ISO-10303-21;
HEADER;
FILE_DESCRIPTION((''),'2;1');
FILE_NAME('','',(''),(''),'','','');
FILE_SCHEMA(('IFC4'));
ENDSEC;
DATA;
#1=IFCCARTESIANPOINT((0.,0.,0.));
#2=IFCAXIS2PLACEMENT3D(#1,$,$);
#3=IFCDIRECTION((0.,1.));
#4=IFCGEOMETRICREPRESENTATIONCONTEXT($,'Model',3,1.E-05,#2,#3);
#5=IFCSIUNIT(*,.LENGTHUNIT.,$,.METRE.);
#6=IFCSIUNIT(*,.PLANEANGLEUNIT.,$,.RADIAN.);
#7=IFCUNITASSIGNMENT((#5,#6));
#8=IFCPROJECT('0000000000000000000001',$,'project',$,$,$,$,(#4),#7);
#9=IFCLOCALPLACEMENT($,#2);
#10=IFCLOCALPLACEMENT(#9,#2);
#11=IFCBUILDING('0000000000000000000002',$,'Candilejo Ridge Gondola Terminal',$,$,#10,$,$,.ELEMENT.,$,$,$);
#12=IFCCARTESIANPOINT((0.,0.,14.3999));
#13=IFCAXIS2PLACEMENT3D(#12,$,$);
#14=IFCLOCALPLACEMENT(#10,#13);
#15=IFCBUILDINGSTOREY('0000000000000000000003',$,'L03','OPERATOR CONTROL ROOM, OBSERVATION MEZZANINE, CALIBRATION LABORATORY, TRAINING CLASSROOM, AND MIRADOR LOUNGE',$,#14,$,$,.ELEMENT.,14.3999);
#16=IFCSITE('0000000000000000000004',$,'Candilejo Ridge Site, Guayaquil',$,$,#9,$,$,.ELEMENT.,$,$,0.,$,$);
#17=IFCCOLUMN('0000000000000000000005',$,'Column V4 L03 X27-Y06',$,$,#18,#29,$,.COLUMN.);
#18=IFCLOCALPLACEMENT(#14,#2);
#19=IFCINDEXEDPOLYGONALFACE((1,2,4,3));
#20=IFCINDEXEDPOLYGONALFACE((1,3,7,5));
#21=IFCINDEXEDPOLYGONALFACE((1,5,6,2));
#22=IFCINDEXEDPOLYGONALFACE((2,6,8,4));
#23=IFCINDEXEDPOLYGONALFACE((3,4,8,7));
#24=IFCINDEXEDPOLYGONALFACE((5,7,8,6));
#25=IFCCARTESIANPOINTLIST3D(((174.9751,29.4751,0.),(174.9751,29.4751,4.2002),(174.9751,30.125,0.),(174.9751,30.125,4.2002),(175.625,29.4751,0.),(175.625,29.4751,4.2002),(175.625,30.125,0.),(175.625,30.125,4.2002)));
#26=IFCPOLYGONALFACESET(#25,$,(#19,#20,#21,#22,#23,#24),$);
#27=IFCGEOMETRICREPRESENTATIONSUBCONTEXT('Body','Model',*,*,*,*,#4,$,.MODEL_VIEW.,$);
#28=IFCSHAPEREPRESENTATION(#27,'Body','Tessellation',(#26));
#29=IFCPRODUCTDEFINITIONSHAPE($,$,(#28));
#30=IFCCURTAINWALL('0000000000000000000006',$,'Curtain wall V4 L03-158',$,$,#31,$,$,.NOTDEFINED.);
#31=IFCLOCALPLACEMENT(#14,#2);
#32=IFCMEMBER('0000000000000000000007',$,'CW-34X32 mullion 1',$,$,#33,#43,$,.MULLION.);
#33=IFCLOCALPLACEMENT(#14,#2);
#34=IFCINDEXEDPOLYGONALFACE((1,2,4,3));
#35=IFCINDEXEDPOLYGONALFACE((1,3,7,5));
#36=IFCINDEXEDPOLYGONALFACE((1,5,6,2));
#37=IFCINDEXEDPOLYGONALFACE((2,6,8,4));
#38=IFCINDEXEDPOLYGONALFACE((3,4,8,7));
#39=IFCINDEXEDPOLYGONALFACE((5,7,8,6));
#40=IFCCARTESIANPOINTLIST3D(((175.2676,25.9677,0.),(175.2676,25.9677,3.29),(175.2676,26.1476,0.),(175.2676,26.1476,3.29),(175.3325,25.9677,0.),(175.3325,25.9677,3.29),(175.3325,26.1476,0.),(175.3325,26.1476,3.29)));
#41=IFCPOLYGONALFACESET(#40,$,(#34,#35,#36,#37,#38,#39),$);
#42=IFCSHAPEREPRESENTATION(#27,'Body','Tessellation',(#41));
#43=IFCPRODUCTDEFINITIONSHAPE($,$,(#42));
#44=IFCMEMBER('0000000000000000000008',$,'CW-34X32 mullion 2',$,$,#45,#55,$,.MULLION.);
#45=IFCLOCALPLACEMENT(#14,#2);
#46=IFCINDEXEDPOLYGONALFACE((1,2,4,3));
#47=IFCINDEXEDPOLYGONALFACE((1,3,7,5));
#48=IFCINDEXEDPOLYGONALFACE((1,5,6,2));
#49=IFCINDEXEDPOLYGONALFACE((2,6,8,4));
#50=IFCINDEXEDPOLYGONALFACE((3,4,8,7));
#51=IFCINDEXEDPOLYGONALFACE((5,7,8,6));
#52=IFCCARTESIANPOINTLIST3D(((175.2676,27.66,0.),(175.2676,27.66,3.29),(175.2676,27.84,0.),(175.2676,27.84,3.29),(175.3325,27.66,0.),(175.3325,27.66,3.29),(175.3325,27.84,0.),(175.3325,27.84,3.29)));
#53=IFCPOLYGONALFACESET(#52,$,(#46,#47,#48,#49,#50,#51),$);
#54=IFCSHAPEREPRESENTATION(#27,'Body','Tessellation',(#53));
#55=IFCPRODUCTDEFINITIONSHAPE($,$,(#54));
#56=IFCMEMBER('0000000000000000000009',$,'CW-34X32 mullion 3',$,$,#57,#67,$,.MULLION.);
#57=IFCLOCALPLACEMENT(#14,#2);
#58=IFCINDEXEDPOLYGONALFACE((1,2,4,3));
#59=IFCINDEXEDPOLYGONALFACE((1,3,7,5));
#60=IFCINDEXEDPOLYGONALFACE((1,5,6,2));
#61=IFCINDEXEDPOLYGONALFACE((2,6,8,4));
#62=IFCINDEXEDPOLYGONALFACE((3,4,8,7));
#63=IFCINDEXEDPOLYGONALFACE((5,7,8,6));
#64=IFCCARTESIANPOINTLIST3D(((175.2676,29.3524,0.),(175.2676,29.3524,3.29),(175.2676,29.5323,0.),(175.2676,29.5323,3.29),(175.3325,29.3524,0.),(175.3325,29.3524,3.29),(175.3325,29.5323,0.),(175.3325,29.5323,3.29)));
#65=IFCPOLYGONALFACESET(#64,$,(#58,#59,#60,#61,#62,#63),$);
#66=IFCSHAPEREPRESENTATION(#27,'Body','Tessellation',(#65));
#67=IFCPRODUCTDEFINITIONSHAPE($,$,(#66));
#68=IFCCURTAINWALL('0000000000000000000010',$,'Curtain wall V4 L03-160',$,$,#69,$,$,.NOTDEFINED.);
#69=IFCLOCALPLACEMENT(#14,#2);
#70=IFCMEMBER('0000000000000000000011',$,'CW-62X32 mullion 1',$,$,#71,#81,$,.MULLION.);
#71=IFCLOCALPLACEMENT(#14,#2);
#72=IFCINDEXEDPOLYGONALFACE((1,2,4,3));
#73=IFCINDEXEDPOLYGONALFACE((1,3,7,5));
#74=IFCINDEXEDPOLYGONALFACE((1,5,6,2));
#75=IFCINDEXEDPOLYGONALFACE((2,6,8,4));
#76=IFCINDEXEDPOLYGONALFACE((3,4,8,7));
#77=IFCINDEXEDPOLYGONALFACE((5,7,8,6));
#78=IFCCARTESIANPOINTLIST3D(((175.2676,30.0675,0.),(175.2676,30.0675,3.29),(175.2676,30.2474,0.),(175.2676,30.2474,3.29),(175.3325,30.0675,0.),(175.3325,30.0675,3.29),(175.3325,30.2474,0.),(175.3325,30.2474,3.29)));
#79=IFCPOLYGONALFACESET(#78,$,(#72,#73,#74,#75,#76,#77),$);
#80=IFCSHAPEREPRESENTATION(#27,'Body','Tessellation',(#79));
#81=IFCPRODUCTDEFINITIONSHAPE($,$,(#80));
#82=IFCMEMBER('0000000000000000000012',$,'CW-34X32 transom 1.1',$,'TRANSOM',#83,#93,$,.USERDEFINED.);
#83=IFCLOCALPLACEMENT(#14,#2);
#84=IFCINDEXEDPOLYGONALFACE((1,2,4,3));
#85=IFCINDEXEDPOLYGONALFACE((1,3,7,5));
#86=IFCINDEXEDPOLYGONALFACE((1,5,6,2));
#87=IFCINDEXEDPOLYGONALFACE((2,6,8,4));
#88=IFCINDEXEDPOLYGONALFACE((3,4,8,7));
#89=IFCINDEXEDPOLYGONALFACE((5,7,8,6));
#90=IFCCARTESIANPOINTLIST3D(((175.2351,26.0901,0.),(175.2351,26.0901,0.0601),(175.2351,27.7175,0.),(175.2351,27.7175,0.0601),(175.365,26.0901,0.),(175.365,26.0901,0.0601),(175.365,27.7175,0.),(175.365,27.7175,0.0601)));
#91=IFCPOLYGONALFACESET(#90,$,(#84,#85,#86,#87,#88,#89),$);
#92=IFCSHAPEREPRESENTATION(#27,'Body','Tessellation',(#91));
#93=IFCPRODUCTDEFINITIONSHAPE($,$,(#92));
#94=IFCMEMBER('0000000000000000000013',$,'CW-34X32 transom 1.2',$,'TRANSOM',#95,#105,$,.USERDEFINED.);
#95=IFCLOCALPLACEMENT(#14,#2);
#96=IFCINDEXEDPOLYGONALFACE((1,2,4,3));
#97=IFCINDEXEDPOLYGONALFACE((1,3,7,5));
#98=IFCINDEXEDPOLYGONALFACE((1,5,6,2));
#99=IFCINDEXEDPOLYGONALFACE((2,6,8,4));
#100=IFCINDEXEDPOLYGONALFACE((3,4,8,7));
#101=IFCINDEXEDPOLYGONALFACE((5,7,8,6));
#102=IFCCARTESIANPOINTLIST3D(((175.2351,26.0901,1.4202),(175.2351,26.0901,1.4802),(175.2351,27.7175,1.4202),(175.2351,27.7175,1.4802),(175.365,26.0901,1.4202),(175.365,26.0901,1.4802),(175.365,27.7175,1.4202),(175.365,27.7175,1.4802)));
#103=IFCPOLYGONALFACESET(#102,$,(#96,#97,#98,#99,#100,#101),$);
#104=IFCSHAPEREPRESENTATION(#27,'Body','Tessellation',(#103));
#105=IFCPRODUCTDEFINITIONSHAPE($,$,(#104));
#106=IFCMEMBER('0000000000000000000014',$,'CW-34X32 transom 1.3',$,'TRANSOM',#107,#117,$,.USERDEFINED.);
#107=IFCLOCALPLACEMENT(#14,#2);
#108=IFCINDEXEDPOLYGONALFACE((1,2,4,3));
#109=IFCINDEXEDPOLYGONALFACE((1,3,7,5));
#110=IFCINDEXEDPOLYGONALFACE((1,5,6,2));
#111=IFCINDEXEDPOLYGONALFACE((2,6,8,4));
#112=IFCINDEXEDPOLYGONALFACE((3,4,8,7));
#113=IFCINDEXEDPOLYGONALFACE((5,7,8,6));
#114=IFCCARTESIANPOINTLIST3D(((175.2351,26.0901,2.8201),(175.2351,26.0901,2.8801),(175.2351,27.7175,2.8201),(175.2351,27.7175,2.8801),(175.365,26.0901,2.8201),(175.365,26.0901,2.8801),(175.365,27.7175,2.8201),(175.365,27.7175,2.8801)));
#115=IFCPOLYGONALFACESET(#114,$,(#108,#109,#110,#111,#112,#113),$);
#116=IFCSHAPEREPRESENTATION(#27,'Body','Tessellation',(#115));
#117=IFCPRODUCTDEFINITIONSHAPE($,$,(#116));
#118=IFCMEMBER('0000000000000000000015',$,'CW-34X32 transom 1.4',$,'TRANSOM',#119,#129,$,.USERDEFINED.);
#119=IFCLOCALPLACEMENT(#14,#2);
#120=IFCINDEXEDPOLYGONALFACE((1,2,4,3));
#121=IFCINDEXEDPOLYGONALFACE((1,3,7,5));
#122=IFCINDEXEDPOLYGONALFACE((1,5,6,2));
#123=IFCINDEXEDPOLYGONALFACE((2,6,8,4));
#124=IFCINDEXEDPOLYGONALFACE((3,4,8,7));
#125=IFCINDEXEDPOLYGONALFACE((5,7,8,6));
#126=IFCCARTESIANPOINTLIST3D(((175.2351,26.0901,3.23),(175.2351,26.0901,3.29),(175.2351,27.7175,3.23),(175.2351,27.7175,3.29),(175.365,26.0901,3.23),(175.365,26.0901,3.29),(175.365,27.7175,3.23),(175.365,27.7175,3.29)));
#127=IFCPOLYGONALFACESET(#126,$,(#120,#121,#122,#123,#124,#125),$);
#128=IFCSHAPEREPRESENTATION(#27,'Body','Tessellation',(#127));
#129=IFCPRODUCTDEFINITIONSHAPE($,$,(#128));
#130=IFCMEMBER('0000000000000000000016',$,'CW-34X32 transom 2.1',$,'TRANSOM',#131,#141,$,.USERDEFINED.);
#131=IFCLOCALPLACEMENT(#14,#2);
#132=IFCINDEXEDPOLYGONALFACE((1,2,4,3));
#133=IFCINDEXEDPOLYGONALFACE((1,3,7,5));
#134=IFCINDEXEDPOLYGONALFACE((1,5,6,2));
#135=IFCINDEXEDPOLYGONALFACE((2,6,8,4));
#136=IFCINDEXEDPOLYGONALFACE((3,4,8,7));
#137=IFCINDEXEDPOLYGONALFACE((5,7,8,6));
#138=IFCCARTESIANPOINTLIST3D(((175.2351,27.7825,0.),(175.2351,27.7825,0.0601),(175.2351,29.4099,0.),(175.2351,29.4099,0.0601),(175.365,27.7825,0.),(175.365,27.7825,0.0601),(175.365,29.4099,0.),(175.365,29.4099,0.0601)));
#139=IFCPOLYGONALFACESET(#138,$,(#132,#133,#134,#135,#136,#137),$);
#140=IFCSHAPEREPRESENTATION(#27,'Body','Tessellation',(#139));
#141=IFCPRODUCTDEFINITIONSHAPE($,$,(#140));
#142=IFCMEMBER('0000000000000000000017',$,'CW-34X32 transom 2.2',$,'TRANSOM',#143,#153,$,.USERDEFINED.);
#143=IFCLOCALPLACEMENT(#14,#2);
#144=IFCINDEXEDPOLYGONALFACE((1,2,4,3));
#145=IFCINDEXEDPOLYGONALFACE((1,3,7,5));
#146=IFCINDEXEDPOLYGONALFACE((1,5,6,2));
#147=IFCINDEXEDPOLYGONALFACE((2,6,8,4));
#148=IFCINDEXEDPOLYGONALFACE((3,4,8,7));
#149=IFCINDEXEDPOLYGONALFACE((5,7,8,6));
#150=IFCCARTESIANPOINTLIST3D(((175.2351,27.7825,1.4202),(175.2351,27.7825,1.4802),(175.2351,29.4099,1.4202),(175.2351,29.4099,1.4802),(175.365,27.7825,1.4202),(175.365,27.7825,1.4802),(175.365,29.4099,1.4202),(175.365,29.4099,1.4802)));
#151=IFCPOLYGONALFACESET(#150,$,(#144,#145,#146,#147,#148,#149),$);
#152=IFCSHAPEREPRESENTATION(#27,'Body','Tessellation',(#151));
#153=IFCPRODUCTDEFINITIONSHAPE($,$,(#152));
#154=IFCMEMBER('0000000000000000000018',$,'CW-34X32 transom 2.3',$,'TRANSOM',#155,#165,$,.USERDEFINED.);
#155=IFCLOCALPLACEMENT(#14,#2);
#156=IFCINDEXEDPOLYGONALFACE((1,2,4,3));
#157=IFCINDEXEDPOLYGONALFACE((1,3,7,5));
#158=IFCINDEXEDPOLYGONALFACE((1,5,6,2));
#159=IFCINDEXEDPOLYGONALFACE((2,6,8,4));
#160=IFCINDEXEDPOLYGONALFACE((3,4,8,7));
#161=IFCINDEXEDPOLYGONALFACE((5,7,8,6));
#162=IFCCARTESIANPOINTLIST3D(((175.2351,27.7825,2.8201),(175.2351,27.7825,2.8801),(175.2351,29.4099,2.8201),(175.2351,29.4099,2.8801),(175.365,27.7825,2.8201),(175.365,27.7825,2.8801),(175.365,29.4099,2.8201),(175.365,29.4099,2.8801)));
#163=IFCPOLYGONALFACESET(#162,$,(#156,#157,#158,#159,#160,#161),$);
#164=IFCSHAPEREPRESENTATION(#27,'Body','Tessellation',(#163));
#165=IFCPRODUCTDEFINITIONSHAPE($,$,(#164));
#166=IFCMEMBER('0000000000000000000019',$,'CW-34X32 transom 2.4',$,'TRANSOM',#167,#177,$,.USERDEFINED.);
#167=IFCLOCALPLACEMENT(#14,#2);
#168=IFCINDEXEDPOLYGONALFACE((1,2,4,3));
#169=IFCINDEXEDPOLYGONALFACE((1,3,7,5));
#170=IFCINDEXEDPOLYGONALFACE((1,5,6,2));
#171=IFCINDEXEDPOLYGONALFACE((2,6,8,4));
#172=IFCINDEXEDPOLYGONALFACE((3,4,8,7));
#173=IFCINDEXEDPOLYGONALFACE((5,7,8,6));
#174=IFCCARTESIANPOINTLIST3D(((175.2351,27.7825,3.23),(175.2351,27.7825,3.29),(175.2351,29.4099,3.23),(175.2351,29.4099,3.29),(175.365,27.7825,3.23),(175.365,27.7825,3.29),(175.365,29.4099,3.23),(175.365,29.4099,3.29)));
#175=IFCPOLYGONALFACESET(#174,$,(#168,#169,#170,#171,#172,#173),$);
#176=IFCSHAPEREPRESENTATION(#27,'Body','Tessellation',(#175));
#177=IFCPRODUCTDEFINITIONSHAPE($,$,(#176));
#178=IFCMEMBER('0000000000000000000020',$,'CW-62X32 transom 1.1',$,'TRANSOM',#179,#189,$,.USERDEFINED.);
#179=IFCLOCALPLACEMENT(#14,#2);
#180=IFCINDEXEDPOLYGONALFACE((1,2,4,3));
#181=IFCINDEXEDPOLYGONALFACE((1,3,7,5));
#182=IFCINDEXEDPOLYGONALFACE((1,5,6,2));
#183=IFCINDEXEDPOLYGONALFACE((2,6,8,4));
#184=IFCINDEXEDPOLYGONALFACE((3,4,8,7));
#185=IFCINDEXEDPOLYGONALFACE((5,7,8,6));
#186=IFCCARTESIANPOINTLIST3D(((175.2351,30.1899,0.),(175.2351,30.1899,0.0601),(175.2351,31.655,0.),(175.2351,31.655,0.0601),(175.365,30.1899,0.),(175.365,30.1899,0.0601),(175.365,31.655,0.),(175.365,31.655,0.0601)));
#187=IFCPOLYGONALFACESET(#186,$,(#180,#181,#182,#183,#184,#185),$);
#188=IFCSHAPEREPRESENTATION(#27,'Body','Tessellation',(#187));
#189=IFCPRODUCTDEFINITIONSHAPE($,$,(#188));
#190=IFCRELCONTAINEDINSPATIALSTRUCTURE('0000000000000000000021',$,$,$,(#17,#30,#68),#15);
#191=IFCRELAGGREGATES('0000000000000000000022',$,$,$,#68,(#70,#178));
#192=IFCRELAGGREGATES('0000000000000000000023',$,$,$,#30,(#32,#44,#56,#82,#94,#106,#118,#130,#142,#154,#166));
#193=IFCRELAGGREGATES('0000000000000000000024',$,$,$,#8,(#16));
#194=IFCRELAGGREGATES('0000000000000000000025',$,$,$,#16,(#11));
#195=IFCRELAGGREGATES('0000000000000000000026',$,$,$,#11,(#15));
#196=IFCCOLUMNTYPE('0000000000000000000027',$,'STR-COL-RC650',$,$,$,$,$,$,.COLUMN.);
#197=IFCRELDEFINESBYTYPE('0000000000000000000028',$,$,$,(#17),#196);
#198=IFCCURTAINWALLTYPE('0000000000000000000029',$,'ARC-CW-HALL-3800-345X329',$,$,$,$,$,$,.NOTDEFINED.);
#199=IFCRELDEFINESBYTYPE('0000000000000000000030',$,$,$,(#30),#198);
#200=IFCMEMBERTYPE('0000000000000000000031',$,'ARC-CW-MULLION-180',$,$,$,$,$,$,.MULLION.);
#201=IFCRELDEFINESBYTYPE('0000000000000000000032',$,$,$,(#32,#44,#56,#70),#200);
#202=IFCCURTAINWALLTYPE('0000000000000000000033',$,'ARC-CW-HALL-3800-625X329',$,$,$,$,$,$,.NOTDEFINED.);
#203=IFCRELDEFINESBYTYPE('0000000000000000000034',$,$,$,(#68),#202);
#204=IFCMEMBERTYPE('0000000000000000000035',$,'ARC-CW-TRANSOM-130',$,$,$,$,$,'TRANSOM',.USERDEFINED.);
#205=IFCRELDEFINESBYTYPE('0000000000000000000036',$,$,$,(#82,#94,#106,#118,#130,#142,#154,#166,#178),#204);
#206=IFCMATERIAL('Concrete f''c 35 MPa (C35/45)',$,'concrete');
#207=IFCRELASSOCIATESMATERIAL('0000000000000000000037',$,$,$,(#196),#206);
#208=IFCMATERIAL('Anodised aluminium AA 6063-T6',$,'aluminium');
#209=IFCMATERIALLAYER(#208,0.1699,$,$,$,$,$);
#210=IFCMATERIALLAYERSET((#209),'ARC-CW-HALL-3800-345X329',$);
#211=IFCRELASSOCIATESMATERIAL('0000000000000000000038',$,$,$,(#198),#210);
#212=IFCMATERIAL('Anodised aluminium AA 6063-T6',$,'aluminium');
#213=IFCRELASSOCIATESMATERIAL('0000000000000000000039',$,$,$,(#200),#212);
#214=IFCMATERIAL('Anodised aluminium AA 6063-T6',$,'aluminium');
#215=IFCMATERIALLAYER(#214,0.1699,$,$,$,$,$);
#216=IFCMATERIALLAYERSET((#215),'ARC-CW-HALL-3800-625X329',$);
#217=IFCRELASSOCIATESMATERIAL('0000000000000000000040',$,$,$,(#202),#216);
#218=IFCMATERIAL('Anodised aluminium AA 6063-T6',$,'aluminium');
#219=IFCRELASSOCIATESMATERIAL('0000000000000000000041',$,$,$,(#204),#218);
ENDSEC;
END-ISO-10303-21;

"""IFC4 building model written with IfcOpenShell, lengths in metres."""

from ifc_helpers import new_model, si_unit, direction, frame, origin, origin_2d, place, context, subcontext, project, spatial, rectangle, extrude, material, layer, layer_set, material_profile, profile_set, type_object, element, aggregate, save


model = new_model("IFC4")

# Units and contexts
model_context = context("Model", 3, precision=1e-05, world=origin(), true_north=direction((0.0, 1.0)))
body_context = subcontext(model_context, "Body", "Model", "MODEL_VIEW")
ifc_project = project(units=[si_unit("LENGTHUNIT", "METRE"), si_unit("PLANEANGLEUNIT", "RADIAN")], contexts=[model_context])

# Site, building, storey
site_placement = place(None, origin())
site = spatial("IfcSite", under=ifc_project, at=site_placement, Name="Candilejo Ridge Site, Guayaquil", CompositionType="ELEMENT", RefElevation=0.0)
building_placement = place(site_placement, origin())
building = spatial("IfcBuilding", under=site, at=building_placement, Name="Candilejo Ridge Gondola Terminal", CompositionType="ELEMENT")
storey_placement = place(building_placement, frame((0.0, 0.0, 14.3999)))
storey = spatial("IfcBuildingStorey", under=building, at=storey_placement, Name="L03", Description="OPERATOR CONTROL ROOM, OBSERVATION MEZZANINE, CALIBRATION LABORATORY, TRAINING CLASSROOM, AND MIRADOR LOUNGE", CompositionType="ELEMENT", Elevation=14.3999)

# Column
ifc_material_1 = material(Name="Concrete f'c 35 MPa (C35/45)", Category="concrete")
ifc_material_profile_1 = material_profile(ifc_material_1, rectangle(XDim=0.6499, YDim=0.6499, at=origin_2d()))
ifc_profile_set_1 = profile_set([ifc_material_profile_1], Name="Concrete f'c 35 MPa (C35/45)")
column_type = type_object("IfcColumnType", Name="STR-COL-RC650", PredefinedType="COLUMN", material=ifc_profile_set_1)
column_placement = place(storey_placement, frame((175.3, 29.8, 0.0), z_axis=(0.0, 0.0, 1.0), x_axis=(1.0, 0.0, 0.0)))
element("IfcColumn", 1, at=column_placement, inside=storey, type_object=column_type, Name="Column V4 L03 X27-Y06", PredefinedType="COLUMN", context=body_context, shape_type="SweptSolid", body=[
    extrude(rectangle(XDim=0.6499, YDim=0.6499, at=origin_2d()), origin(), (0.0, 0.0, 1.0), 4.2002),
])

# Curtain wall, members
ifc_material_2 = material(Name="Anodised aluminium AA 6063-T6", Category="aluminium")
ifc_layer_1 = layer(ifc_material_2, 0.1699)
ifc_layer_set_1 = layer_set([ifc_layer_1], Name="ARC-CW-HALL-3800-345X329")
curtain_wall_type_1 = type_object("IfcCurtainWallType", Name="ARC-CW-HALL-3800-345X329", PredefinedType="NOTDEFINED", material=ifc_layer_set_1)
curtain_wall_1_placement = place(storey_placement, origin())
curtain_wall_1 = element("IfcCurtainWall", 2, at=curtain_wall_1_placement, inside=storey, type_object=curtain_wall_type_1, Name="Curtain wall V4 L03-158", PredefinedType="NOTDEFINED")
ifc_material_3 = material(Name="Anodised aluminium AA 6063-T6", Category="aluminium")
ifc_material_profile_2 = material_profile(ifc_material_3, rectangle(XDim=0.0649, YDim=0.1799, at=origin_2d()))
ifc_profile_set_2 = profile_set([ifc_material_profile_2], Name="Anodised aluminium AA 6063-T6")
member_type_1 = type_object("IfcMemberType", Name="ARC-CW-MULLION-180", PredefinedType="MULLION", material=ifc_profile_set_2)
member_1_placement = place(storey_placement, frame((175.3, 26.0576, 0.0), z_axis=(0.0, 0.0, 1.0), x_axis=(-1.0, 0.0, 0.0)))
member_1 = element("IfcMember", 3, at=member_1_placement, type_object=member_type_1, Name="CW-34X32 mullion 1", PredefinedType="MULLION", context=body_context, shape_type="SweptSolid", body=[
    extrude(rectangle(XDim=0.0649, YDim=0.1799, at=origin_2d()), origin(), (0.0, 0.0, 1.0), 3.29),
])
member_2_placement = place(storey_placement, frame((175.3, 27.75, 0.0), z_axis=(0.0, 0.0, 1.0), x_axis=(-1.0, 0.0, 0.0)))
member_2 = element("IfcMember", 4, at=member_2_placement, type_object=member_type_1, Name="CW-34X32 mullion 2", PredefinedType="MULLION", context=body_context, shape_type="SweptSolid", body=[
    extrude(rectangle(XDim=0.0649, YDim=0.1799, at=origin_2d()), origin(), (0.0, 0.0, 1.0), 3.29),
])
member_3_placement = place(storey_placement, frame((175.3, 29.4424, 0.0), z_axis=(0.0, 0.0, 1.0), x_axis=(-1.0, 0.0, 0.0)))
member_3 = element("IfcMember", 5, at=member_3_placement, type_object=member_type_1, Name="CW-34X32 mullion 3", PredefinedType="MULLION", context=body_context, shape_type="SweptSolid", body=[
    extrude(rectangle(XDim=0.0649, YDim=0.1799, at=origin_2d()), origin(), (0.0, 0.0, 1.0), 3.29),
])

# Curtain wall, member
ifc_material_4 = material(Name="Anodised aluminium AA 6063-T6", Category="aluminium")
ifc_layer_2 = layer(ifc_material_4, 0.1699)
ifc_layer_set_2 = layer_set([ifc_layer_2], Name="ARC-CW-HALL-3800-625X329")
curtain_wall_type_2 = type_object("IfcCurtainWallType", Name="ARC-CW-HALL-3800-625X329", PredefinedType="NOTDEFINED", material=ifc_layer_set_2)
curtain_wall_2_placement = place(storey_placement, origin())
curtain_wall_2 = element("IfcCurtainWall", 6, at=curtain_wall_2_placement, inside=storey, type_object=curtain_wall_type_2, Name="Curtain wall V4 L03-160", PredefinedType="NOTDEFINED")
member_4_placement = place(storey_placement, frame((175.3, 30.1575, 0.0), z_axis=(0.0, 0.0, 1.0), x_axis=(-1.0, 0.0, 0.0)))
member_4 = element("IfcMember", 7, at=member_4_placement, type_object=member_type_1, Name="CW-62X32 mullion 1", PredefinedType="MULLION", context=body_context, shape_type="SweptSolid", body=[
    extrude(rectangle(XDim=0.0649, YDim=0.1799, at=origin_2d()), origin(), (0.0, 0.0, 1.0), 3.29),
])

# Members
ifc_material_5 = material(Name="Anodised aluminium AA 6063-T6", Category="aluminium")
ifc_material_profile_3 = material_profile(ifc_material_5, rectangle(XDim=0.1299, YDim=0.0601, at=origin_2d()))
ifc_profile_set_3 = profile_set([ifc_material_profile_3], Name="Anodised aluminium AA 6063-T6")
member_type_2 = type_object("IfcMemberType", Name="ARC-CW-TRANSOM-130", ElementType="TRANSOM", PredefinedType="USERDEFINED", material=ifc_profile_set_3)
member_5_placement = place(storey_placement, frame((175.3, 26.0901, 0.03), z_axis=(0.0, 1.0, 0.0), x_axis=(-1.0, 0.0, 0.0)))
member_5 = element("IfcMember", 8, at=member_5_placement, type_object=member_type_2, Name="CW-34X32 transom 1.1", ObjectType="TRANSOM", PredefinedType="USERDEFINED", context=body_context, shape_type="SweptSolid", body=[
    extrude(rectangle(XDim=0.1299, YDim=0.0601, at=origin_2d()), origin(), (0.0, 0.0, 1.0), 1.6274),
])
member_6_placement = place(storey_placement, frame((175.3, 26.0901, 1.4502), z_axis=(0.0, 1.0, 0.0), x_axis=(-1.0, 0.0, 0.0)))
member_6 = element("IfcMember", 9, at=member_6_placement, type_object=member_type_2, Name="CW-34X32 transom 1.2", ObjectType="TRANSOM", PredefinedType="USERDEFINED", context=body_context, shape_type="SweptSolid", body=[
    extrude(rectangle(XDim=0.1299, YDim=0.0601, at=origin_2d()), origin(), (0.0, 0.0, 1.0), 1.6274),
])
member_7_placement = place(storey_placement, frame((175.3, 26.0901, 2.8501), z_axis=(0.0, 1.0, 0.0), x_axis=(-1.0, 0.0, 0.0)))
member_7 = element("IfcMember", 10, at=member_7_placement, type_object=member_type_2, Name="CW-34X32 transom 1.3", ObjectType="TRANSOM", PredefinedType="USERDEFINED", context=body_context, shape_type="SweptSolid", body=[
    extrude(rectangle(XDim=0.1299, YDim=0.0601, at=origin_2d()), origin(), (0.0, 0.0, 1.0), 1.6274),
])
member_8_placement = place(storey_placement, frame((175.3, 26.0901, 3.26), z_axis=(0.0, 1.0, 0.0), x_axis=(-1.0, 0.0, 0.0)))
member_8 = element("IfcMember", 11, at=member_8_placement, type_object=member_type_2, Name="CW-34X32 transom 1.4", ObjectType="TRANSOM", PredefinedType="USERDEFINED", context=body_context, shape_type="SweptSolid", body=[
    extrude(rectangle(XDim=0.1299, YDim=0.0601, at=origin_2d()), origin(), (0.0, 0.0, 1.0), 1.6274),
])
member_9_placement = place(storey_placement, frame((175.3, 27.7825, 0.03), z_axis=(0.0, 1.0, 0.0), x_axis=(-1.0, 0.0, 0.0)))
member_9 = element("IfcMember", 12, at=member_9_placement, type_object=member_type_2, Name="CW-34X32 transom 2.1", ObjectType="TRANSOM", PredefinedType="USERDEFINED", context=body_context, shape_type="SweptSolid", body=[
    extrude(rectangle(XDim=0.1299, YDim=0.0601, at=origin_2d()), origin(), (0.0, 0.0, 1.0), 1.6274),
])
member_10_placement = place(storey_placement, frame((175.3, 27.7825, 1.4502), z_axis=(0.0, 1.0, 0.0), x_axis=(-1.0, 0.0, 0.0)))
member_10 = element("IfcMember", 13, at=member_10_placement, type_object=member_type_2, Name="CW-34X32 transom 2.2", ObjectType="TRANSOM", PredefinedType="USERDEFINED", context=body_context, shape_type="SweptSolid", body=[
    extrude(rectangle(XDim=0.1299, YDim=0.0601, at=origin_2d()), origin(), (0.0, 0.0, 1.0), 1.6274),
])
member_11_placement = place(storey_placement, frame((175.3, 27.7825, 2.8501), z_axis=(0.0, 1.0, 0.0), x_axis=(-1.0, 0.0, 0.0)))
member_11 = element("IfcMember", 14, at=member_11_placement, type_object=member_type_2, Name="CW-34X32 transom 2.3", ObjectType="TRANSOM", PredefinedType="USERDEFINED", context=body_context, shape_type="SweptSolid", body=[
    extrude(rectangle(XDim=0.1299, YDim=0.0601, at=origin_2d()), origin(), (0.0, 0.0, 1.0), 1.6274),
])
member_12_placement = place(storey_placement, frame((175.3, 27.7825, 3.26), z_axis=(0.0, 1.0, 0.0), x_axis=(-1.0, 0.0, 0.0)))
member_12 = element("IfcMember", 15, at=member_12_placement, type_object=member_type_2, Name="CW-34X32 transom 2.4", ObjectType="TRANSOM", PredefinedType="USERDEFINED", context=body_context, shape_type="SweptSolid", body=[
    extrude(rectangle(XDim=0.1299, YDim=0.0601, at=origin_2d()), origin(), (0.0, 0.0, 1.0), 1.6274),
])
member_13_placement = place(storey_placement, frame((175.3, 30.1899, 0.03), z_axis=(0.0, 1.0, 0.0), x_axis=(-1.0, 0.0, 0.0)))
member_13 = element("IfcMember", 16, at=member_13_placement, type_object=member_type_2, Name="CW-62X32 transom 1.1", ObjectType="TRANSOM", PredefinedType="USERDEFINED", context=body_context, shape_type="SweptSolid", body=[
    extrude(rectangle(XDim=0.1299, YDim=0.0601, at=origin_2d()), origin(), (0.0, 0.0, 1.0), 1.4651),
])
aggregate(curtain_wall_2, [member_4, member_13])

aggregate(curtain_wall_1, [member_1, member_2, member_3, member_5, member_6, member_7, member_8, member_9, member_10, member_11, member_12])

save(model, "model.ifc")
